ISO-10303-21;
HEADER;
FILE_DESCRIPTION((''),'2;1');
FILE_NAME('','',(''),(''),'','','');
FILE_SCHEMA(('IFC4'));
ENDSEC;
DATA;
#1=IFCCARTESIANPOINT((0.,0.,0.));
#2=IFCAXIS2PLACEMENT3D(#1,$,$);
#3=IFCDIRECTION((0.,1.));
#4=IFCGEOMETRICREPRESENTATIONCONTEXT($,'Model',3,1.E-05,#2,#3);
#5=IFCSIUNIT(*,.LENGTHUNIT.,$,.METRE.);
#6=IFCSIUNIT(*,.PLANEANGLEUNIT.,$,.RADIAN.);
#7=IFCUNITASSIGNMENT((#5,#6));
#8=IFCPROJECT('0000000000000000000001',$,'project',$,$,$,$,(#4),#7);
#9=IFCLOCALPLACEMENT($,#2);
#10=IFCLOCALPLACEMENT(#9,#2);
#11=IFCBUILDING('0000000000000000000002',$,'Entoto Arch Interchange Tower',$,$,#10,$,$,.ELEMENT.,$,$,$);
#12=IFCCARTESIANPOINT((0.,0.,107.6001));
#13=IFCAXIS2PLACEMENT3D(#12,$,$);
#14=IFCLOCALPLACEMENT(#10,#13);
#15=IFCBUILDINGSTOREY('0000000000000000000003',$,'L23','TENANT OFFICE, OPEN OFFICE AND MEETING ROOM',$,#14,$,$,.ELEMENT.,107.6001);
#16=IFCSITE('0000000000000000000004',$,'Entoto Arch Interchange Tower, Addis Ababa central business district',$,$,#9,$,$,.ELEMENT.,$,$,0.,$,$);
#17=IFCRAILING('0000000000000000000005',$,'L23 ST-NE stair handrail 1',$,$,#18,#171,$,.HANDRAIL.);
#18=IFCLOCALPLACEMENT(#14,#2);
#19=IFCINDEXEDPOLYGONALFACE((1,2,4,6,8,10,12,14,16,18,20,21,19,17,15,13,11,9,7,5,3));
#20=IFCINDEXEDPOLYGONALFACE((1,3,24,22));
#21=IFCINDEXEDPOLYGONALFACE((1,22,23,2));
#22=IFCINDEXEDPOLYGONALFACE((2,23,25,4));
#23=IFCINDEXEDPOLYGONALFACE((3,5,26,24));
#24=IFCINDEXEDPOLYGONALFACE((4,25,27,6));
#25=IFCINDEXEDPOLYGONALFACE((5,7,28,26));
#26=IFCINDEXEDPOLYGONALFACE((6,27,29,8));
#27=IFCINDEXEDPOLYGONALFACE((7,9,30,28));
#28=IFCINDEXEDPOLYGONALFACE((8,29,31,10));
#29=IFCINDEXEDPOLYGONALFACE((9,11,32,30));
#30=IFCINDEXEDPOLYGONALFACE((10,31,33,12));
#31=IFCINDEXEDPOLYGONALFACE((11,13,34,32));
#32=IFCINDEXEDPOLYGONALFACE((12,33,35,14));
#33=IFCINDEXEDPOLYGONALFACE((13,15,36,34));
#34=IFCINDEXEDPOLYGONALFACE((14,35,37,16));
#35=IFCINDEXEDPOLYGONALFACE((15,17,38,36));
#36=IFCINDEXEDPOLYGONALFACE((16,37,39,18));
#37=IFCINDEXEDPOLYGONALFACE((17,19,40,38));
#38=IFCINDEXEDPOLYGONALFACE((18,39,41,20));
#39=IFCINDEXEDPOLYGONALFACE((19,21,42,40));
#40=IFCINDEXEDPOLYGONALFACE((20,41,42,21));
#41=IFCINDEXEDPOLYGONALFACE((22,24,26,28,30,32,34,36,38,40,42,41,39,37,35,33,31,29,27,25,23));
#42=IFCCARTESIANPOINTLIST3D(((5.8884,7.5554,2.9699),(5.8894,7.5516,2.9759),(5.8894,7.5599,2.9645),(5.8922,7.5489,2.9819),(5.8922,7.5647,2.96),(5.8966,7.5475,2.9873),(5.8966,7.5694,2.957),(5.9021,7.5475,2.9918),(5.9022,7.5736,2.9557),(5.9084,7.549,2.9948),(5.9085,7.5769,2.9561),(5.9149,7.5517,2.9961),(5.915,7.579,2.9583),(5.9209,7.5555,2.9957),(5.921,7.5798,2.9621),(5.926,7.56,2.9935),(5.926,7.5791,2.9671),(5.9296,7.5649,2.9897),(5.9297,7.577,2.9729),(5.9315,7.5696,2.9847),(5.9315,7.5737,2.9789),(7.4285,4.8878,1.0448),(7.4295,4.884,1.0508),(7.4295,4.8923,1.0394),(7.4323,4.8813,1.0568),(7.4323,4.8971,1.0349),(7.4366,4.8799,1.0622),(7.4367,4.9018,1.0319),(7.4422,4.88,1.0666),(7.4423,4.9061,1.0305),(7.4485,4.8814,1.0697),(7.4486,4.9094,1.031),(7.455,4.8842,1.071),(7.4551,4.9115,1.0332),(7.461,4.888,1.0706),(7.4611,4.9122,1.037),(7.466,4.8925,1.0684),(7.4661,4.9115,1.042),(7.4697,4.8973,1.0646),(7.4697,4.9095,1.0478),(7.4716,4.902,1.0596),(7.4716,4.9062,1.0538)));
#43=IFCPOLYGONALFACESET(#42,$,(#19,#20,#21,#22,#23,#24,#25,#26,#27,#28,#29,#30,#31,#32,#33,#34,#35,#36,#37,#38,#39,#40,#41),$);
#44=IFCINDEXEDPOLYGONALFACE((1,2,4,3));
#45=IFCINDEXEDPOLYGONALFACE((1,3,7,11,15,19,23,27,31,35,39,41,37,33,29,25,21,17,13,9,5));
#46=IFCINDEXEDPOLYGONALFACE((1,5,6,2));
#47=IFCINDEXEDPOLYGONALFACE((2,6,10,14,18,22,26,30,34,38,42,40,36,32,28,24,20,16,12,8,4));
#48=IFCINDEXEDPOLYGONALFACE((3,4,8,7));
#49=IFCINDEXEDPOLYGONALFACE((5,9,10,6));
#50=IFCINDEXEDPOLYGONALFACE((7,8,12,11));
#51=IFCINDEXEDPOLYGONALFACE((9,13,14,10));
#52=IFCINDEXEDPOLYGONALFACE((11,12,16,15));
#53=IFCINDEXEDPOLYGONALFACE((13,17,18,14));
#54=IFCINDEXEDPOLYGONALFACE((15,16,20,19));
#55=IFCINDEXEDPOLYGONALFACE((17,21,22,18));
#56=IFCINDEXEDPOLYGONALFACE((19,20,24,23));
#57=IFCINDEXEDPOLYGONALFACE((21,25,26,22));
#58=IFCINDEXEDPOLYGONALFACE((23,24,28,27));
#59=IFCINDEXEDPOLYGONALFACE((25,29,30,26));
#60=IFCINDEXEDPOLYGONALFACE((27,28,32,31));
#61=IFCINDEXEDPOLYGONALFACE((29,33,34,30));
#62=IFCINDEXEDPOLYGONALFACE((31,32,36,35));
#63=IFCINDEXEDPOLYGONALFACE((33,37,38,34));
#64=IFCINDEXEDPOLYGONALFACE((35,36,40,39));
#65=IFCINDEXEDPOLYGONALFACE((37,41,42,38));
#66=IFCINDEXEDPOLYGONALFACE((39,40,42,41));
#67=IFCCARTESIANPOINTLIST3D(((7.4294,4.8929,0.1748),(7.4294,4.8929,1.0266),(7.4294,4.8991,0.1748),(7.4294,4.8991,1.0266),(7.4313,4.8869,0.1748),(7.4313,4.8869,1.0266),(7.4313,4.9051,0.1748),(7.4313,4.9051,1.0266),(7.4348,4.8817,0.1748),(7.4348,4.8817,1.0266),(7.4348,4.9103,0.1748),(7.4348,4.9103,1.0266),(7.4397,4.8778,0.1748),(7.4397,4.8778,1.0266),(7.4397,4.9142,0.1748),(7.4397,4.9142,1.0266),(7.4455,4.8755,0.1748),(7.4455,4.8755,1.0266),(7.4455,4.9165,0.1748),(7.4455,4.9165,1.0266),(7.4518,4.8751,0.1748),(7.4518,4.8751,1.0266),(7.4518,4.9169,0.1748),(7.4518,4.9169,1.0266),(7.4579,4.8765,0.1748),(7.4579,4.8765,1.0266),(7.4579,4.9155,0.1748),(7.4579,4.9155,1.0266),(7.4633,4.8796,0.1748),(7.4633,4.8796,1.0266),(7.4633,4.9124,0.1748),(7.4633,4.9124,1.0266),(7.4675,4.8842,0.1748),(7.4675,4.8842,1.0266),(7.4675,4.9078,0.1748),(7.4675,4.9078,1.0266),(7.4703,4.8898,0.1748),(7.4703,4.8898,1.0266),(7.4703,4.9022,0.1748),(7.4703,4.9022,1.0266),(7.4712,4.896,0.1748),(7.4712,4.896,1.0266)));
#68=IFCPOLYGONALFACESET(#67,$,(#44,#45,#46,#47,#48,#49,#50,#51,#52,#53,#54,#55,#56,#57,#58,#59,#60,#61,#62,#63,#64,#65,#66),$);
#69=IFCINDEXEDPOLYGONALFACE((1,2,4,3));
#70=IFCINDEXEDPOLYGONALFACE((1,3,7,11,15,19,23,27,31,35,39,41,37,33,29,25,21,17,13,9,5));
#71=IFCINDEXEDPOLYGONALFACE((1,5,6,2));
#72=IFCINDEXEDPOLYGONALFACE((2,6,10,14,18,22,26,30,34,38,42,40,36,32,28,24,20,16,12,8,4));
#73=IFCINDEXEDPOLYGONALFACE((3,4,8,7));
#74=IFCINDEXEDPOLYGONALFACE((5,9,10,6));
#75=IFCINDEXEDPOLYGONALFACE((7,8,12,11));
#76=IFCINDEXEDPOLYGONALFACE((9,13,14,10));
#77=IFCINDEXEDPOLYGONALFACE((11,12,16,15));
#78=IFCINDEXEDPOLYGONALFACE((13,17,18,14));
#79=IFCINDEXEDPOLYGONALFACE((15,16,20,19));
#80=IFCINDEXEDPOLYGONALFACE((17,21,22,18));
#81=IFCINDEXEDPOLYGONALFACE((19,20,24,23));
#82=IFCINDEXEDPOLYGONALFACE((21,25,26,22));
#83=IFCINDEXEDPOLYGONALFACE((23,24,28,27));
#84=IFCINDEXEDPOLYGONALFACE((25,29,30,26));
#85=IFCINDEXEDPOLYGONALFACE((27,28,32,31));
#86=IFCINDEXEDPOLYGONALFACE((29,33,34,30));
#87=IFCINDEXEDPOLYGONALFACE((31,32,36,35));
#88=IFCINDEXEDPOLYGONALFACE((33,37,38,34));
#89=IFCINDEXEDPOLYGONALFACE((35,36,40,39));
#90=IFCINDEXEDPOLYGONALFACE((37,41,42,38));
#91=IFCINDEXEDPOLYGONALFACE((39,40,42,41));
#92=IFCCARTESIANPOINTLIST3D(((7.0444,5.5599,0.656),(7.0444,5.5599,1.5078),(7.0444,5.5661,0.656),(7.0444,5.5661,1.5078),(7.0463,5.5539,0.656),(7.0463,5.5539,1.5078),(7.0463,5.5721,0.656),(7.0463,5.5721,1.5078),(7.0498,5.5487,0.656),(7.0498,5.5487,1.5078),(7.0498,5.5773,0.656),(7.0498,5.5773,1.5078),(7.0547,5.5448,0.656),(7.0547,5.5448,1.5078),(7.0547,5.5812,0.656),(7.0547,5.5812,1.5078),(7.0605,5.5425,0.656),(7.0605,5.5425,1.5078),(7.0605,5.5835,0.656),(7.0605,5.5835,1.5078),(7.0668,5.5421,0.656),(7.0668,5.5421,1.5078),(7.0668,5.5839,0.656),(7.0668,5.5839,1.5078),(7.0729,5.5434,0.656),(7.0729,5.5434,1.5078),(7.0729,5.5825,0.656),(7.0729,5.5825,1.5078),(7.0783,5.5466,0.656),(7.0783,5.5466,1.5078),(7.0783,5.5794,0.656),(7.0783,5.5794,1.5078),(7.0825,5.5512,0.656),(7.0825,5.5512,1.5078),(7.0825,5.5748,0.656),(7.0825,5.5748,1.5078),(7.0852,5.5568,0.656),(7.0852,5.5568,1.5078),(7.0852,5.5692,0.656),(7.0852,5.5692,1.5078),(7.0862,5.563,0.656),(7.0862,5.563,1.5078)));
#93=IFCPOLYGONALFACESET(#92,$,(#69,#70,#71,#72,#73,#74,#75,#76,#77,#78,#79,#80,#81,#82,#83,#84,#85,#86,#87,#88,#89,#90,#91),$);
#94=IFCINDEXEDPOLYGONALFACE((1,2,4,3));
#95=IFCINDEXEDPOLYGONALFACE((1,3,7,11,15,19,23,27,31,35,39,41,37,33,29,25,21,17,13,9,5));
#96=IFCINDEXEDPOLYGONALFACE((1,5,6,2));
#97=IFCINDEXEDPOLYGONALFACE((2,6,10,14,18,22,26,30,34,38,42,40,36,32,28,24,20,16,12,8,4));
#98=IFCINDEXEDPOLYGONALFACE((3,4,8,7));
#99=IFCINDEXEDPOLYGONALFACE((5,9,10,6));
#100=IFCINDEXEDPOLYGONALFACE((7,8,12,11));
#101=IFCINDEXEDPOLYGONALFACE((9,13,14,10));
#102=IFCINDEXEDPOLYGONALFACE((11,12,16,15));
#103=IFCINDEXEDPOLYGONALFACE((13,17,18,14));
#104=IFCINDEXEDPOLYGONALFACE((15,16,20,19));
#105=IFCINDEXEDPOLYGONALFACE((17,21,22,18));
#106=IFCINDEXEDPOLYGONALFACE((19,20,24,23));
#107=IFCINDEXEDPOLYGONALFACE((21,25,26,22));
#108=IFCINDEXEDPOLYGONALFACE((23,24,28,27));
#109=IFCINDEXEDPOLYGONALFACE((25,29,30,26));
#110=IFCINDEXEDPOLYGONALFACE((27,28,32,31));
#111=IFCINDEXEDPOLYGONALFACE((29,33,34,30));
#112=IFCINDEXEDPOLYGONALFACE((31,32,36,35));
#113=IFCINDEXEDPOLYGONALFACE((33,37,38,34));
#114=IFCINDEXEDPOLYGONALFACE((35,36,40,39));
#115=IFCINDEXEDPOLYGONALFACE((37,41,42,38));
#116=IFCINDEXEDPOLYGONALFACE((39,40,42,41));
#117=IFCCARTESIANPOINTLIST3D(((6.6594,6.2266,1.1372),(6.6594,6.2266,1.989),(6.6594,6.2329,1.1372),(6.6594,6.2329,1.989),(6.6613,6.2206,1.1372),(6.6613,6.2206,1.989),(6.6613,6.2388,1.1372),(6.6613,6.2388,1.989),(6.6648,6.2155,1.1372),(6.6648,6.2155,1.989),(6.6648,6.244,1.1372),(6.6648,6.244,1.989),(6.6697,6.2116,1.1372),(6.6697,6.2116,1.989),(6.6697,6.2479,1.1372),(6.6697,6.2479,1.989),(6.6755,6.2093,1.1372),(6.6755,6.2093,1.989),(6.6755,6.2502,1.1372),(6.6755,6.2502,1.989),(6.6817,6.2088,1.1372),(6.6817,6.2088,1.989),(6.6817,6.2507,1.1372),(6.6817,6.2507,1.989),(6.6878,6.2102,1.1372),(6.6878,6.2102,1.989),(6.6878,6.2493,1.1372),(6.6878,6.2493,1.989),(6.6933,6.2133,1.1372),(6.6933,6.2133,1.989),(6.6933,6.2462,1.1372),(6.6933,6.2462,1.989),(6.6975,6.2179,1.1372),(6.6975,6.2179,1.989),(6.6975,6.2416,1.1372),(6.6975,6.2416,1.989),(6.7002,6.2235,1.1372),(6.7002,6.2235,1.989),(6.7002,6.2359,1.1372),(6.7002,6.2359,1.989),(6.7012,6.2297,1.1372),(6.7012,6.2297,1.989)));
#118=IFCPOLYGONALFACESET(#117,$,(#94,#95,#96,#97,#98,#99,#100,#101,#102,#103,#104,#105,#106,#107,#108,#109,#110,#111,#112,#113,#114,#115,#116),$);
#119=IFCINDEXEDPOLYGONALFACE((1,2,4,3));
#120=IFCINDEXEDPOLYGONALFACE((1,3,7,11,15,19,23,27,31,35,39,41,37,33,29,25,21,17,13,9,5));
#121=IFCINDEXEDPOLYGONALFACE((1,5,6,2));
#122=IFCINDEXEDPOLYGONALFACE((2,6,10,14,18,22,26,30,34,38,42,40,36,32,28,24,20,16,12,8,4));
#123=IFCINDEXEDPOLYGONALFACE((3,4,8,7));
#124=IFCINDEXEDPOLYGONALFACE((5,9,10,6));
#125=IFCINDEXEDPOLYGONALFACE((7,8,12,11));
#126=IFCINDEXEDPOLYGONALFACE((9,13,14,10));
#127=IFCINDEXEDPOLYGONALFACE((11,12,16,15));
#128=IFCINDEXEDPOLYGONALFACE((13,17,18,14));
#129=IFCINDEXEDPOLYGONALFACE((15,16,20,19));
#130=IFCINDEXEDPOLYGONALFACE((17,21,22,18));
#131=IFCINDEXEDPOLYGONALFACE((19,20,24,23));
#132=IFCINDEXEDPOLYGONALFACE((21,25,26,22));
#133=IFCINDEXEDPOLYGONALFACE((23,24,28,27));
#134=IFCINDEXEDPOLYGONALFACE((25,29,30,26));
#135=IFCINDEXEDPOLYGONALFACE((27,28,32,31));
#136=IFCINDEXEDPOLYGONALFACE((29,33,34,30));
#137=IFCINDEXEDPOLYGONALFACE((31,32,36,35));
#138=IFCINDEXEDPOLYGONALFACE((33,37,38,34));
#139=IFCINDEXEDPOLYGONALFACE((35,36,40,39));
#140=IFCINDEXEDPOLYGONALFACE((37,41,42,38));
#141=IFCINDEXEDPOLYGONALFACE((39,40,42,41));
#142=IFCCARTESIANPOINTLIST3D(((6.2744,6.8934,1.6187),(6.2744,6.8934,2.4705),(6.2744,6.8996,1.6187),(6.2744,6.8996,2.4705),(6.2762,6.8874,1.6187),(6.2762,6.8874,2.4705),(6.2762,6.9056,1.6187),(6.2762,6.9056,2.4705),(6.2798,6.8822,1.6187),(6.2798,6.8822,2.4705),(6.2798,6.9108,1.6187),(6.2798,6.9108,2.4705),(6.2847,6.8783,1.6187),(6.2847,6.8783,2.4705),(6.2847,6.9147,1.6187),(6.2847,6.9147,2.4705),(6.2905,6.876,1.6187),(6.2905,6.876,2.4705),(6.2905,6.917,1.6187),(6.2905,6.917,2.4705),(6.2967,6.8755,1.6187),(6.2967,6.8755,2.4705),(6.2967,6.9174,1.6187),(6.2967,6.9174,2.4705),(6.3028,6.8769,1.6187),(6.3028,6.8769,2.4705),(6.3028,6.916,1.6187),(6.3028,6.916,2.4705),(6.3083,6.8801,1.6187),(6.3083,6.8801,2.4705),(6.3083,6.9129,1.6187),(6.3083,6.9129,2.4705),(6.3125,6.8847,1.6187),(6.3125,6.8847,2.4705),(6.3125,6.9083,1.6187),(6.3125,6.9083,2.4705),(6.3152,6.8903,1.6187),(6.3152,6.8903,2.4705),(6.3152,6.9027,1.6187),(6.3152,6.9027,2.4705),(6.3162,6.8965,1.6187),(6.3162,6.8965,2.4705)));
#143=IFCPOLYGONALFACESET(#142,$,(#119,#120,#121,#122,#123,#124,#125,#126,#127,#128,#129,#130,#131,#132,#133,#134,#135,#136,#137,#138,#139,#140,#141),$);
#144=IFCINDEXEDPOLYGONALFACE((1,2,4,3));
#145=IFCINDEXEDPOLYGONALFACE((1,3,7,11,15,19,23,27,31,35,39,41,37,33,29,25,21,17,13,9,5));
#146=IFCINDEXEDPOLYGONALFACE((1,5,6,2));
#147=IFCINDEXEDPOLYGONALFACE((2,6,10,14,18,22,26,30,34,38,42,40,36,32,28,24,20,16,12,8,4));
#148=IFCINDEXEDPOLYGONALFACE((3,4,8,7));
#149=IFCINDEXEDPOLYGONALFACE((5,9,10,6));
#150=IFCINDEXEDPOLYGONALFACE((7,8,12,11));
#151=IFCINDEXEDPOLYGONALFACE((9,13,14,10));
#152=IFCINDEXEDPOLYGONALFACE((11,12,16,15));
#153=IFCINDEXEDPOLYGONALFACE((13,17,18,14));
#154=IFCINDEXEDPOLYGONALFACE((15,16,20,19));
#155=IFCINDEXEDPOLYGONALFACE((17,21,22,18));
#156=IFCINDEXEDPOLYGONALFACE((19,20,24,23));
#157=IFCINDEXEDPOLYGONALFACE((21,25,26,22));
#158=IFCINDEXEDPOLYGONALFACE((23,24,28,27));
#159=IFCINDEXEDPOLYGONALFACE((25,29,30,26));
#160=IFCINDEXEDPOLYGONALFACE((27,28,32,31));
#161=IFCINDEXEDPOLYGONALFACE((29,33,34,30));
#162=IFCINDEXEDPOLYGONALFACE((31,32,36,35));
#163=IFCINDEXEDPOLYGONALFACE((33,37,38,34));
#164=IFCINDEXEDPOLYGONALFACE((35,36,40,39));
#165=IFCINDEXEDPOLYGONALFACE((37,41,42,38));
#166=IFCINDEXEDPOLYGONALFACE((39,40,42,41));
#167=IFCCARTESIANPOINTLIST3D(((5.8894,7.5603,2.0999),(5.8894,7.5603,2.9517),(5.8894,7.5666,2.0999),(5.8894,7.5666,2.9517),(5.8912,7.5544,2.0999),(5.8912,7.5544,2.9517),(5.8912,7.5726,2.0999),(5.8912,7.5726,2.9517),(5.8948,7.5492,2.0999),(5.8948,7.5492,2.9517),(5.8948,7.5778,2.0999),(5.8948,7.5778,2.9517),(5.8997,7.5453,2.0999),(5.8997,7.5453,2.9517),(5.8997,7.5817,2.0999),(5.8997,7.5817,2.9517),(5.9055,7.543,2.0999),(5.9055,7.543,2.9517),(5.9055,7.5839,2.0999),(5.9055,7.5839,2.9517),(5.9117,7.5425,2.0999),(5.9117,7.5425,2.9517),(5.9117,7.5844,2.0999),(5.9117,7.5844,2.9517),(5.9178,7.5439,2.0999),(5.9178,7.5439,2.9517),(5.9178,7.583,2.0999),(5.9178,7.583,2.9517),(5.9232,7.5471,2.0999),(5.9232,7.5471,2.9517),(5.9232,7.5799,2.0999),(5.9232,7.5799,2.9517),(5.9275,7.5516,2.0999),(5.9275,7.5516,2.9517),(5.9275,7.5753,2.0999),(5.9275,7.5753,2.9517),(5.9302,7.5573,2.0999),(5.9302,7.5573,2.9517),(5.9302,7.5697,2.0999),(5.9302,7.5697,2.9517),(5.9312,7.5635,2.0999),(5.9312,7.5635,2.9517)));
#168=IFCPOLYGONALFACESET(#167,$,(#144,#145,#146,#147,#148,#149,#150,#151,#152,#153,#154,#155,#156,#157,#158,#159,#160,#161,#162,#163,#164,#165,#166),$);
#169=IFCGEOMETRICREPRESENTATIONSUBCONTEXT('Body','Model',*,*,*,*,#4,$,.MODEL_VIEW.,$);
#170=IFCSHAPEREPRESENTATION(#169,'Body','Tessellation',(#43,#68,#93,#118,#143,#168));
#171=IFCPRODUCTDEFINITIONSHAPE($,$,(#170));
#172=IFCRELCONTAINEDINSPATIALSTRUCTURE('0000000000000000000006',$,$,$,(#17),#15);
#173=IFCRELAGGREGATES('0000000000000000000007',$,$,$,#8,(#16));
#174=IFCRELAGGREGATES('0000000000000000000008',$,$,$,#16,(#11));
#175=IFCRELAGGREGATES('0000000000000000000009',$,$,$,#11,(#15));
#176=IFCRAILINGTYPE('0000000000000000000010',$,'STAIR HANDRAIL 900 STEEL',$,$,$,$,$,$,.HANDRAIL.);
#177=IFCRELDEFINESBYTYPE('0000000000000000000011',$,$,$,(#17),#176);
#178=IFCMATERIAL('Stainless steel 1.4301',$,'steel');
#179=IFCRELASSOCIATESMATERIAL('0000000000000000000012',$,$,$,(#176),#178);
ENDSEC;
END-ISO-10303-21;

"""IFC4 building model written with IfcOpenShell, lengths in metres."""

from ifc_helpers import new_model, si_unit, direction, frame, origin, origin_2d, place, context, subcontext, project, spatial, circle, extrude, material, type_object, element, save


model = new_model("IFC4")

# Units and contexts
model_context = context("Model", 3, precision=1e-05, world=origin(), true_north=direction((0.0, 1.0)))
body_context = subcontext(model_context, "Body", "Model", "MODEL_VIEW")
ifc_project = project(units=[si_unit("LENGTHUNIT", "METRE"), si_unit("PLANEANGLEUNIT", "RADIAN")], contexts=[model_context])

# Site, building, storey
site_placement = place(None, origin())
site = spatial("IfcSite", under=ifc_project, at=site_placement, Name="Entoto Arch Interchange Tower, Addis Ababa central business district", CompositionType="ELEMENT", RefElevation=0.0)
building_placement = place(site_placement, origin())
building = spatial("IfcBuilding", under=site, at=building_placement, Name="Entoto Arch Interchange Tower", CompositionType="ELEMENT")
storey_placement = place(building_placement, frame((0.0, 0.0, 107.6001)))
storey = spatial("IfcBuildingStorey", under=building, at=storey_placement, Name="L23", Description="TENANT OFFICE, OPEN OFFICE AND MEETING ROOM", CompositionType="ELEMENT", Elevation=107.6001)

# Railing
ifc_material_1 = material(Name="Stainless steel 1.4301", Category="steel")
railing_type_1 = type_object("IfcRailingType", Name="STAIR HANDRAIL 900 STEEL", PredefinedType="HANDRAIL", material=ifc_material_1)
railing_1_placement = place(storey_placement, frame((7.4502, 4.896, 0.1748)))
element("IfcRailing", 1, at=railing_1_placement, inside=storey, type_object=railing_type_1, Name="L23 ST-NE stair handrail 1", PredefinedType="HANDRAIL", context=body_context, shape_type="SweptSolid", body=[
    extrude(circle(Radius=0.0239, at=origin_2d()), frame((0.0, 0.0, 0.876), z_axis=(-0.423994, 0.734395, 0.529993), x_axis=(-0.86603, -0.499992, 0.0)), (0.0, 0.0, 1.0), 3.6323),
    extrude(circle(Radius=0.021, at=origin_2d()), origin(), (0.0, 0.0, 1.0), 0.8518),
    extrude(circle(Radius=0.021, at=origin_2d()), frame((-0.385, 0.667, 0.4812)), (0.0, 0.0, 1.0), 0.8518),
    extrude(circle(Radius=0.021, at=origin_2d()), frame((-0.77, 1.3337, 0.9624)), (0.0, 0.0, 1.0), 0.8518),
    extrude(circle(Radius=0.021, at=origin_2d()), frame((-1.155, 2.0005, 1.4438)), (0.0, 0.0, 1.0), 0.8518),
    extrude(circle(Radius=0.021, at=origin_2d()), frame((-1.54, 2.6675, 1.925)), (0.0, 0.0, 1.0), 0.8518),
])

save(model, "model.ifc")
